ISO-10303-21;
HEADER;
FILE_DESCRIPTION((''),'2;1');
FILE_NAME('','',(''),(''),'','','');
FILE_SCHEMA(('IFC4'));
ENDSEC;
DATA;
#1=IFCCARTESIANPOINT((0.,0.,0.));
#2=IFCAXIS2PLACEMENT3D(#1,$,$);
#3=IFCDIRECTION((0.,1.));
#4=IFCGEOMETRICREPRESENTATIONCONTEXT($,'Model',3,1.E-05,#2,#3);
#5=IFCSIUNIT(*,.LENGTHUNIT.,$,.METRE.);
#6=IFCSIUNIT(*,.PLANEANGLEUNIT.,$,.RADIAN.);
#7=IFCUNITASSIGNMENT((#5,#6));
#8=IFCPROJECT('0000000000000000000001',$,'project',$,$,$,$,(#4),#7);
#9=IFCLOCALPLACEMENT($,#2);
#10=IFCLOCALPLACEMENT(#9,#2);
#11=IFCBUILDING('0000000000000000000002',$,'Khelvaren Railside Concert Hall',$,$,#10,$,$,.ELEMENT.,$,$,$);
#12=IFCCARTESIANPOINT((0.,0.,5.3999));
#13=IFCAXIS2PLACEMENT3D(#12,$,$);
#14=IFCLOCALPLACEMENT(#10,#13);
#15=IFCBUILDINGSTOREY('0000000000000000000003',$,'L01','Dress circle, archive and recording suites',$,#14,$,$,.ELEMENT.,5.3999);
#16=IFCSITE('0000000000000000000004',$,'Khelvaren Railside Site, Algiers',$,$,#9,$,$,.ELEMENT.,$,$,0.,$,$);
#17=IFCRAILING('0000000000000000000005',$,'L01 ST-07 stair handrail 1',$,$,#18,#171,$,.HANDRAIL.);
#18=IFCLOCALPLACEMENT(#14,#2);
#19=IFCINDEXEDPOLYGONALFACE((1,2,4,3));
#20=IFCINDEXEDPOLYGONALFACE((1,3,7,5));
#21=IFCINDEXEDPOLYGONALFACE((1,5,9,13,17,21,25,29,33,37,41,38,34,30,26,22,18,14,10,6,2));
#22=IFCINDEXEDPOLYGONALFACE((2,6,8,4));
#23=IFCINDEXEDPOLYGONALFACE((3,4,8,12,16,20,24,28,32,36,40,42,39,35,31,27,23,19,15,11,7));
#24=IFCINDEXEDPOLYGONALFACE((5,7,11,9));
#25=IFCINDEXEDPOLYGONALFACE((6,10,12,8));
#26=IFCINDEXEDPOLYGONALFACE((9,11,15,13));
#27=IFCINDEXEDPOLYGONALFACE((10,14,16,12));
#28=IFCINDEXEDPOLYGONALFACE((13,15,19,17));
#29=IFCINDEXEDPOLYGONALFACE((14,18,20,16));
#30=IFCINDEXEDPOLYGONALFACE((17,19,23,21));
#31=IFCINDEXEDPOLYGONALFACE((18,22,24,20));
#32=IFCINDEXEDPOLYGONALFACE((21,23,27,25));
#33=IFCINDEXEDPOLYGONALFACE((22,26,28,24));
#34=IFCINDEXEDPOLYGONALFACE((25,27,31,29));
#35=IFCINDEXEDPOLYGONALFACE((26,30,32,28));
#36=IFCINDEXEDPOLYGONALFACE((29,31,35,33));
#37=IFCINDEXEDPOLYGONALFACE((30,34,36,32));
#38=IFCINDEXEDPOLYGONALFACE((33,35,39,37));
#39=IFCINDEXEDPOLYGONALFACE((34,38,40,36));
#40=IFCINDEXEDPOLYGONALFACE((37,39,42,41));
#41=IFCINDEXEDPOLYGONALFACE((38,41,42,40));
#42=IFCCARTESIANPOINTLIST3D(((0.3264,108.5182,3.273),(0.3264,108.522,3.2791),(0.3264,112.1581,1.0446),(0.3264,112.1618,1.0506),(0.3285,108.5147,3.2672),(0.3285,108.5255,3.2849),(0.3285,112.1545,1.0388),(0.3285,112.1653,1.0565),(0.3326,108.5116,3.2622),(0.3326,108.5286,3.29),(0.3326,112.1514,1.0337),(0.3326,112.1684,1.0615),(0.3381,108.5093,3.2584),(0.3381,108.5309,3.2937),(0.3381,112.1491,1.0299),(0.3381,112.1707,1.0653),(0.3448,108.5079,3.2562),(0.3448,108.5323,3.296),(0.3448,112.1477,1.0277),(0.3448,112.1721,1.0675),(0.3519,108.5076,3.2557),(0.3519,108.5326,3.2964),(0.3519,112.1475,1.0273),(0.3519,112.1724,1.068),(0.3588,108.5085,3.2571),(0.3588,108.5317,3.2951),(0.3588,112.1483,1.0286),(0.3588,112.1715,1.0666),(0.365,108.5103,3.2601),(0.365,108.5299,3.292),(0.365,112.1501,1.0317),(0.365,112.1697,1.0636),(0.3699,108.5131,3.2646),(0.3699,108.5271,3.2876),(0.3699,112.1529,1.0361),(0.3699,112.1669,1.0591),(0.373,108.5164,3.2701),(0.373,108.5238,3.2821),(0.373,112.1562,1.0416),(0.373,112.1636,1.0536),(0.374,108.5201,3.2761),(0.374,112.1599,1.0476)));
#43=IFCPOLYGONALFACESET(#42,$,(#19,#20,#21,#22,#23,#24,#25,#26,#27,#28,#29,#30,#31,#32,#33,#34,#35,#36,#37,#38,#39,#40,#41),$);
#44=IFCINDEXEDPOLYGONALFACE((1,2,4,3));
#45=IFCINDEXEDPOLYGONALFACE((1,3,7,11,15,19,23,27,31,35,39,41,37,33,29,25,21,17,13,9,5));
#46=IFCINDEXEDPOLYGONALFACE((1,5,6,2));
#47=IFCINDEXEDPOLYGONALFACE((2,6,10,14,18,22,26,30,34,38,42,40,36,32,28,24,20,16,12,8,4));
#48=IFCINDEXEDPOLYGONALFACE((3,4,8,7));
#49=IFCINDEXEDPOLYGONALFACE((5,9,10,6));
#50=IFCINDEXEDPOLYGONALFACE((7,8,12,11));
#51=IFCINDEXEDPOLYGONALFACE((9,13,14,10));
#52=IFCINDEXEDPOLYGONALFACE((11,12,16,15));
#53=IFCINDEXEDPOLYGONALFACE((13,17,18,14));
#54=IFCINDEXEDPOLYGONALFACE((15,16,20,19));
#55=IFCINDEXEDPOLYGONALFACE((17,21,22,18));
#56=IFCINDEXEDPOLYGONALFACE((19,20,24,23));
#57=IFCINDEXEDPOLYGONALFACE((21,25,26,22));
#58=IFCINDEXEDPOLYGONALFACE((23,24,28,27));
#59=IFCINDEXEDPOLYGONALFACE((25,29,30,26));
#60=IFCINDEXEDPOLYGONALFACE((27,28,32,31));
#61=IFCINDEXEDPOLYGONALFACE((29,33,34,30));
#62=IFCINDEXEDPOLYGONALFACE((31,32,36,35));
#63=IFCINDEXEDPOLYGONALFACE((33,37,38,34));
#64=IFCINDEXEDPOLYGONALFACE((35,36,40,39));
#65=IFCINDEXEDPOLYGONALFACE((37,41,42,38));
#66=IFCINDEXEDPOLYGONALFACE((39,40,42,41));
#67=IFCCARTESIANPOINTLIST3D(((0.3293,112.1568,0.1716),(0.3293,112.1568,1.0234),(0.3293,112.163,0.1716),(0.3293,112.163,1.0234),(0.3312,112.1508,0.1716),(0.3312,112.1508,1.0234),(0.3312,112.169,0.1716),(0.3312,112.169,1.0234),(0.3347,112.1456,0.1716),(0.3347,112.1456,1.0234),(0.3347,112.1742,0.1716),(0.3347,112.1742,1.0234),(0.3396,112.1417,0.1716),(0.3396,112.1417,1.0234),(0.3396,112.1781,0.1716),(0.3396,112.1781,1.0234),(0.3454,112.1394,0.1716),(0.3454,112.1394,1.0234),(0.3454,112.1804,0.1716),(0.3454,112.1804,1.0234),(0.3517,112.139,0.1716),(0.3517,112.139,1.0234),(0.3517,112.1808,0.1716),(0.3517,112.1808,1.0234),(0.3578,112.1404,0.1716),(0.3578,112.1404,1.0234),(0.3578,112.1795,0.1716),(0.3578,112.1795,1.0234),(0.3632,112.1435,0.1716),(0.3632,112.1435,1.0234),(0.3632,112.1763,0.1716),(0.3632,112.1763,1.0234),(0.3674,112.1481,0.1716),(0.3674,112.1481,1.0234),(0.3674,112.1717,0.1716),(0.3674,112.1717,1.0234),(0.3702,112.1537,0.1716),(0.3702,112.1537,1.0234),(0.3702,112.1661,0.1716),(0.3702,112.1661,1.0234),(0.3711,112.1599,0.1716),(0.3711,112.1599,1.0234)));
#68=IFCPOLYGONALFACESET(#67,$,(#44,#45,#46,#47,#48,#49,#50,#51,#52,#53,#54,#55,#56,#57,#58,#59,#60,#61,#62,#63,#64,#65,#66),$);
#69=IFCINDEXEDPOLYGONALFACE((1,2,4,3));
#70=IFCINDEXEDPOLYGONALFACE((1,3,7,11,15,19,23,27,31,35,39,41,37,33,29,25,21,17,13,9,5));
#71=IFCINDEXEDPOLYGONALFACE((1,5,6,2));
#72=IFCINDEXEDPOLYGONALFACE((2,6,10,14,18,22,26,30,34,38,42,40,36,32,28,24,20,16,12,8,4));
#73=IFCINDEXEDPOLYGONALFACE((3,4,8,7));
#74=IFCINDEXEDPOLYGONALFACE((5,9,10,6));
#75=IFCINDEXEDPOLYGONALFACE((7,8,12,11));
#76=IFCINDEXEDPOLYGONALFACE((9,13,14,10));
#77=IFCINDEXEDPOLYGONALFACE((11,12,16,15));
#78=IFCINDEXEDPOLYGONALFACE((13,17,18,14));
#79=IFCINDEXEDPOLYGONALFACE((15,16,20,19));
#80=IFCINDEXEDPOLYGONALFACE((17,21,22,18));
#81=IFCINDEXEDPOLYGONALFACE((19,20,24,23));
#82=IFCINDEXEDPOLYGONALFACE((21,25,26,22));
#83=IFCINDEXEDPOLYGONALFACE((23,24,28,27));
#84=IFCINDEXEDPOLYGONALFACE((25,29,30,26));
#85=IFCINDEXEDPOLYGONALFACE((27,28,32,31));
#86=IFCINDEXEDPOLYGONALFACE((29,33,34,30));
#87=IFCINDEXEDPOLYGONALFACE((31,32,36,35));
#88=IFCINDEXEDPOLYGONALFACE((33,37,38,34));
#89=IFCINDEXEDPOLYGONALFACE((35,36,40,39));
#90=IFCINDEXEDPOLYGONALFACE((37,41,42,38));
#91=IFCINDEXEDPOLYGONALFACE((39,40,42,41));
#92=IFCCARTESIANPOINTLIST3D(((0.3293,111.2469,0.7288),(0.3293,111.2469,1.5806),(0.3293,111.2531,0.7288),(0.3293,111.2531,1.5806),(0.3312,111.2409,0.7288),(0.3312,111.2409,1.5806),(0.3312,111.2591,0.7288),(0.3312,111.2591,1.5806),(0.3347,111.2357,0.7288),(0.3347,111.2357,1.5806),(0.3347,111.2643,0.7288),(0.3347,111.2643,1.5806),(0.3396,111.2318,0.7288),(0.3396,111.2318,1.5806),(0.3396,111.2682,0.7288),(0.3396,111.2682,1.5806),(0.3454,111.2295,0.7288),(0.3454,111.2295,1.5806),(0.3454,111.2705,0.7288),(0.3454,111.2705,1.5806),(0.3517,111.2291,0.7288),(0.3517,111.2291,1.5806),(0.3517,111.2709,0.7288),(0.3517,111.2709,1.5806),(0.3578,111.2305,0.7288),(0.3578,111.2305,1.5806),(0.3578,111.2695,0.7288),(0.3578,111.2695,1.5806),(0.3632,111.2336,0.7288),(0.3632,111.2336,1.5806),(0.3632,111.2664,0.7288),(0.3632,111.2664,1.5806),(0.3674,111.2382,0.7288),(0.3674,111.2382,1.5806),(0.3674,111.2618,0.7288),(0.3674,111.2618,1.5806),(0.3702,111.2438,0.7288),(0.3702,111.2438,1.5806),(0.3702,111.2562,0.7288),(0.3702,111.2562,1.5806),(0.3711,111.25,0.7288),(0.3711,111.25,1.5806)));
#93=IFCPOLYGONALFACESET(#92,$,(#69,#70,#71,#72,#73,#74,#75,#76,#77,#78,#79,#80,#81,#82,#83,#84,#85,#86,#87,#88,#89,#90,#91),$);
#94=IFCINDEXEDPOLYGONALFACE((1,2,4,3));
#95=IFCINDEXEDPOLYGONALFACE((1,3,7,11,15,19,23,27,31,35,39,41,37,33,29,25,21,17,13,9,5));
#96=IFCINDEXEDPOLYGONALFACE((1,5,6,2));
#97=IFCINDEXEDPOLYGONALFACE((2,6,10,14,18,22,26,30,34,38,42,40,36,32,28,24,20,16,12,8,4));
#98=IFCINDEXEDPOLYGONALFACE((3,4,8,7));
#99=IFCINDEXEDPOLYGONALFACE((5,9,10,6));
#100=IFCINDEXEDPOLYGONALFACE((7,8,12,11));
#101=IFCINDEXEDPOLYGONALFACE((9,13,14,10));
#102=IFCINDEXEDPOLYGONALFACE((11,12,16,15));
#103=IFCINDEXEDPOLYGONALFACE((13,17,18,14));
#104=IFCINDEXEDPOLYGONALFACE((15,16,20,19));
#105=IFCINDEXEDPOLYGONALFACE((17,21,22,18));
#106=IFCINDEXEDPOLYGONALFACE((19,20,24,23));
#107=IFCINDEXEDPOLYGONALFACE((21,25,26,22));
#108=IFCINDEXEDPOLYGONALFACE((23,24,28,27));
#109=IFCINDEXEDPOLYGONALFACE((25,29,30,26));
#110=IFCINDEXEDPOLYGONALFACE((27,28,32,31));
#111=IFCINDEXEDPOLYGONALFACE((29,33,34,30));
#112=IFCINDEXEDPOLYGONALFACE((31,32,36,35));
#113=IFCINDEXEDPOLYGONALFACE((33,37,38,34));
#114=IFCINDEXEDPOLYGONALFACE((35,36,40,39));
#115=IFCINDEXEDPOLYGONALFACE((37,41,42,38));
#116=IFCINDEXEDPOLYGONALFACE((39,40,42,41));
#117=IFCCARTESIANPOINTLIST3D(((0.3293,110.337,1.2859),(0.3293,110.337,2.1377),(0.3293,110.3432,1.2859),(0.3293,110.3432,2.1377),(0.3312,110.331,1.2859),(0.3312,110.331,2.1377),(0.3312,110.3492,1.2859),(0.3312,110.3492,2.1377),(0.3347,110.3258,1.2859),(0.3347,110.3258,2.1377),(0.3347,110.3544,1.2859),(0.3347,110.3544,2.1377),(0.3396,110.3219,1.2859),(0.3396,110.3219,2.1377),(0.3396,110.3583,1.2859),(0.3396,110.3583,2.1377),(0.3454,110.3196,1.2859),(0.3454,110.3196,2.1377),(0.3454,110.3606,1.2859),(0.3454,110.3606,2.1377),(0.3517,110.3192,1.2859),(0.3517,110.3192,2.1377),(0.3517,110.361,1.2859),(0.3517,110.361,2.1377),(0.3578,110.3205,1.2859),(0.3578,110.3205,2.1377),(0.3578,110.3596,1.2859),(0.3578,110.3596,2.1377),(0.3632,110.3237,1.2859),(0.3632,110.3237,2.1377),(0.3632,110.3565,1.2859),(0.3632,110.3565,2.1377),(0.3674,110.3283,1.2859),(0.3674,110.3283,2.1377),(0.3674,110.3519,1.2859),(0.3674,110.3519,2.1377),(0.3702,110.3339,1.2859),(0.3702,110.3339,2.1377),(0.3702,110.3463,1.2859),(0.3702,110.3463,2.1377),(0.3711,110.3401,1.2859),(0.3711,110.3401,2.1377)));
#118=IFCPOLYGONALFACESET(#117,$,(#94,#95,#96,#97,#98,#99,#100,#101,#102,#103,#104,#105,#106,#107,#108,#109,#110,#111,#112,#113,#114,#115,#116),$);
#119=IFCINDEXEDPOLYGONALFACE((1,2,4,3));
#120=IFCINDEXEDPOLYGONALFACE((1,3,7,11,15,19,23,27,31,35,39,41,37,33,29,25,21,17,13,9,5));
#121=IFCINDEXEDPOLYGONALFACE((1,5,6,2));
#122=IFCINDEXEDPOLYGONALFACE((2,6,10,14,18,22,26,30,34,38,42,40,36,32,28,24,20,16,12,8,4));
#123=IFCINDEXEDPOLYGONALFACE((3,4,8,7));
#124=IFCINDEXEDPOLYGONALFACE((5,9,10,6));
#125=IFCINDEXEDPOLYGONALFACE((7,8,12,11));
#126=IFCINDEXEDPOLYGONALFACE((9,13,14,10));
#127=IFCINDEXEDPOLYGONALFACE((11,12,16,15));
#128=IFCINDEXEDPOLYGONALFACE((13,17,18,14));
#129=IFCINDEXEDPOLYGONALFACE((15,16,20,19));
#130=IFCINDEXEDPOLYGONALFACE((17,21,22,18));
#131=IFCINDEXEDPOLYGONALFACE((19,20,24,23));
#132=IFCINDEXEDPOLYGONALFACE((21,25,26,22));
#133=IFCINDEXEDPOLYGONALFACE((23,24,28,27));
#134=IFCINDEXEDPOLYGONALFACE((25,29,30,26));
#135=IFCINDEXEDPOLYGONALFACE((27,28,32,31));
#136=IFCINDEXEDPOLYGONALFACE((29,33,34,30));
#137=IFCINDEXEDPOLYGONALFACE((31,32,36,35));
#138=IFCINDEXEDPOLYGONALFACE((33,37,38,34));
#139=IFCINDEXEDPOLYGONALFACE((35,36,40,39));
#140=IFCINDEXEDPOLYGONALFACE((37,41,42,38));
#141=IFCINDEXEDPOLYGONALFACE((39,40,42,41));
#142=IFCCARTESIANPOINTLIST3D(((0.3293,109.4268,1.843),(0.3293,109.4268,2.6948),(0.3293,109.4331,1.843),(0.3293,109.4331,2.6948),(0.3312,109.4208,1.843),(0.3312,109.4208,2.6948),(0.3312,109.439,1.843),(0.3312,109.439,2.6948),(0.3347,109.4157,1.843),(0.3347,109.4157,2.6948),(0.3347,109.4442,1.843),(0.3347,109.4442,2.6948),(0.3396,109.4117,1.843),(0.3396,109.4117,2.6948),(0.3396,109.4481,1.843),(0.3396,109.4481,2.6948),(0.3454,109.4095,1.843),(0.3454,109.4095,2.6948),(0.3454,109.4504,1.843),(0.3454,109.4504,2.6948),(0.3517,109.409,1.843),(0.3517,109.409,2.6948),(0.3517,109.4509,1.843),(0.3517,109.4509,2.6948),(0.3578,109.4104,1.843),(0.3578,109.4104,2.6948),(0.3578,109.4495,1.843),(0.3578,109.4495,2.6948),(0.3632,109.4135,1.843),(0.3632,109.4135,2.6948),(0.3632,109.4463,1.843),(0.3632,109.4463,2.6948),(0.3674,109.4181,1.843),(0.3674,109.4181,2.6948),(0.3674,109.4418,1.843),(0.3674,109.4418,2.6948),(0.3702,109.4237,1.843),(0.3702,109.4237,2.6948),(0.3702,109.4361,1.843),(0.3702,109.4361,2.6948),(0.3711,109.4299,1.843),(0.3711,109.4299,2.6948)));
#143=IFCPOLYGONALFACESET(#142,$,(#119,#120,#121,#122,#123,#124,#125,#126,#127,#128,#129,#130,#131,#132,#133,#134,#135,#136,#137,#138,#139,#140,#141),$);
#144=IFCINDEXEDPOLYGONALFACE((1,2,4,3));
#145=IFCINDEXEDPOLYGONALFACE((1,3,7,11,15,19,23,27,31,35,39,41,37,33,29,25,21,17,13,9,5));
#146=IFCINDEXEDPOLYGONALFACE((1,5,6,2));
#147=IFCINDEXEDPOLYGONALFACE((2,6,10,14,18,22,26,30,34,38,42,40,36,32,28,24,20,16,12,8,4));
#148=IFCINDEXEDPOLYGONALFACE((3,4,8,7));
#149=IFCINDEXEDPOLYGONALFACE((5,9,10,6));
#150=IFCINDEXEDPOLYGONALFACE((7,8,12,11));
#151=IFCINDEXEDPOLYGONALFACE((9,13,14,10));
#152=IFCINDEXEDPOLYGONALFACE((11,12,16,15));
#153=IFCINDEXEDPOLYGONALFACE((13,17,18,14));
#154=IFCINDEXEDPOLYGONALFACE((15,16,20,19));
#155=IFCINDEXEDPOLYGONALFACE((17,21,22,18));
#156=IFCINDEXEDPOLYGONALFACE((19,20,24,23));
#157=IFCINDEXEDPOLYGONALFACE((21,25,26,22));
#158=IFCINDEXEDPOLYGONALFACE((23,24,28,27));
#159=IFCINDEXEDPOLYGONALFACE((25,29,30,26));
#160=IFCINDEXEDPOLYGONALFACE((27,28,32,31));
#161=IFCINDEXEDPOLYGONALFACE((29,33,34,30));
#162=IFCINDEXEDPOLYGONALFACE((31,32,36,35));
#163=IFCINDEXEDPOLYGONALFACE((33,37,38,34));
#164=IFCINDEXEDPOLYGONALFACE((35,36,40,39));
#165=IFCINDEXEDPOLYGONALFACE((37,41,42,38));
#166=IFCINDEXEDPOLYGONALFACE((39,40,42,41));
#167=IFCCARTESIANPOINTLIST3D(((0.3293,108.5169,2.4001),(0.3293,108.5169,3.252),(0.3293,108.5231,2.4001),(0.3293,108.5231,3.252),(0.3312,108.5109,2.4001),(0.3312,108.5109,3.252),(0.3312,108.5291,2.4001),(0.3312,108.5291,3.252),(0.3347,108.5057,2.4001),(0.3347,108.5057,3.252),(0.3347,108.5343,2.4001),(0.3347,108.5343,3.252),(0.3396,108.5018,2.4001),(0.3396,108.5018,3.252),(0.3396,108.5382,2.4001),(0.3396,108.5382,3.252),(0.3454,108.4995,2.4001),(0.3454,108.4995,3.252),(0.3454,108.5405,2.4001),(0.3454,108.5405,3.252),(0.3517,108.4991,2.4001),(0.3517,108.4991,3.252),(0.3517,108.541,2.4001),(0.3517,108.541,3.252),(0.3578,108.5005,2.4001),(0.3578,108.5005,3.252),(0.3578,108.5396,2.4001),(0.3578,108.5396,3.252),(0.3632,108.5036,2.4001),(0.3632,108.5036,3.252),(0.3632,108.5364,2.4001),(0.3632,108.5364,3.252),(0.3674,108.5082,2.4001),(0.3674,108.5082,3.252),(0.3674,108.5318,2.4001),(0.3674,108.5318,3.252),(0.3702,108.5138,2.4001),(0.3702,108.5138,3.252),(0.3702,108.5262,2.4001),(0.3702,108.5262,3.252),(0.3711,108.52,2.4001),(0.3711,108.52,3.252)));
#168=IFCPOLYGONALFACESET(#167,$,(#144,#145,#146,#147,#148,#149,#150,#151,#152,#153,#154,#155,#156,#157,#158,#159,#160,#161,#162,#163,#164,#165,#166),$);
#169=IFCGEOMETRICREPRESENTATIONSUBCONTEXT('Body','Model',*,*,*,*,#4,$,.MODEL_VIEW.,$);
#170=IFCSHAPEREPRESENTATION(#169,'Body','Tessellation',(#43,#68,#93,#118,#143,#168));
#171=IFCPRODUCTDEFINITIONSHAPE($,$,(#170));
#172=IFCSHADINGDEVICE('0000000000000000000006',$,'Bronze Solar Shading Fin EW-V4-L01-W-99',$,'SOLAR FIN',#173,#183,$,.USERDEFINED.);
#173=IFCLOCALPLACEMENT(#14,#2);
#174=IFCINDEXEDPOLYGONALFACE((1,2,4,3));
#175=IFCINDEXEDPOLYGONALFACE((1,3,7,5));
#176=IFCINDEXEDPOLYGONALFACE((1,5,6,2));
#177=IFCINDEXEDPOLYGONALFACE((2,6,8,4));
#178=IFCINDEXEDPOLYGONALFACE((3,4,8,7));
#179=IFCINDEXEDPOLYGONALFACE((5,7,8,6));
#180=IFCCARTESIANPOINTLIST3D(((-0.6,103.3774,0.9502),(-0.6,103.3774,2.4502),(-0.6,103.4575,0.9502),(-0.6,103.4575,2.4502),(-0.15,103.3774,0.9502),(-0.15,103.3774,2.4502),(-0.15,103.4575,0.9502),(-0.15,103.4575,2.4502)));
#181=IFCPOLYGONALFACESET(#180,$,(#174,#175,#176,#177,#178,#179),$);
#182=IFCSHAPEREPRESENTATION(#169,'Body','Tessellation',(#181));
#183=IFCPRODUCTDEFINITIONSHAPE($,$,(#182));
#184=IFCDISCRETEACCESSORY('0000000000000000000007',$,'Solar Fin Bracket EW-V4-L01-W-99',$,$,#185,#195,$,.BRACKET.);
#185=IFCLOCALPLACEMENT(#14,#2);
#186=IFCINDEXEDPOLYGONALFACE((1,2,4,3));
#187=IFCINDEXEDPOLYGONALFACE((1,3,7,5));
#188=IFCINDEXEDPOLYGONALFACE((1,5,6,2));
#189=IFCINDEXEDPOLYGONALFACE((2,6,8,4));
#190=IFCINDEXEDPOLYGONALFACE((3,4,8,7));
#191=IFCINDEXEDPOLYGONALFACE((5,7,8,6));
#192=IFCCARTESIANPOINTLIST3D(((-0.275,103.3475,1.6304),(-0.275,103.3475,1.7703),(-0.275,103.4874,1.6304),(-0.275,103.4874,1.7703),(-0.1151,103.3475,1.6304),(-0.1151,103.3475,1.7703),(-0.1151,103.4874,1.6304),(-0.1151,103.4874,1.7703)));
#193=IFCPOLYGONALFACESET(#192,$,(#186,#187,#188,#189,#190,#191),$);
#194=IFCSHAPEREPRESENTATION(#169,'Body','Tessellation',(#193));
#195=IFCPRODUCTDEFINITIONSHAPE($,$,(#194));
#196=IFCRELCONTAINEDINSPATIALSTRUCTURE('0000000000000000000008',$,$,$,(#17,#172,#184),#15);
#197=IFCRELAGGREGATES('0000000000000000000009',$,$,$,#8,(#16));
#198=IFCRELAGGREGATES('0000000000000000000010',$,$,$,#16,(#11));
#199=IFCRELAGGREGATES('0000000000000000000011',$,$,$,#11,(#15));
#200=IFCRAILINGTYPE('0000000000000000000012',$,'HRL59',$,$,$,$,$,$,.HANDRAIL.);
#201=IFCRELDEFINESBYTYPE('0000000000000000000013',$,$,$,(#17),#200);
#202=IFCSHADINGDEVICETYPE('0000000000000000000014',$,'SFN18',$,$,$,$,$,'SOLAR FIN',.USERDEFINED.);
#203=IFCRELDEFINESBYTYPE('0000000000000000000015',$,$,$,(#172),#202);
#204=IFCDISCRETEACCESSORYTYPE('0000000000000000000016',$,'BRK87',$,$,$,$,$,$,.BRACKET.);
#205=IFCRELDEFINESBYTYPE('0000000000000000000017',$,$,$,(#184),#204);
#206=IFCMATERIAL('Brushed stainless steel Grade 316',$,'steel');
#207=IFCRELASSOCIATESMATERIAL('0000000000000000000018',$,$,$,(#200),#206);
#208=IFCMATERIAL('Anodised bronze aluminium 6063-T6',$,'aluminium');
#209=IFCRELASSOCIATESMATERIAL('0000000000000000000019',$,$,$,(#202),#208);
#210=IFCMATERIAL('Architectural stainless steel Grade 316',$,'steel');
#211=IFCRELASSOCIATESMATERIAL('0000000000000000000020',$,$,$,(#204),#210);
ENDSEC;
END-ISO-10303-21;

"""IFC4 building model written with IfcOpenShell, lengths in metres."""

from ifc_helpers import new_model, si_unit, direction, frame, origin, origin_2d, place, context, subcontext, project, spatial, rectangle, circle, extrude, material, type_object, element, save


model = new_model("IFC4")

# Units and contexts
model_context = context("Model", 3, precision=1e-05, world=origin(), true_north=direction((0.0, 1.0)))
body_context = subcontext(model_context, "Body", "Model", "MODEL_VIEW")
ifc_project = project(units=[si_unit("LENGTHUNIT", "METRE"), si_unit("PLANEANGLEUNIT", "RADIAN")], contexts=[model_context])

# Site, building, storey
site_placement = place(None, origin())
site = spatial("IfcSite", under=ifc_project, at=site_placement, Name="Khelvaren Railside Site, Algiers", CompositionType="ELEMENT", RefElevation=0.0)
building_placement = place(site_placement, origin())
building = spatial("IfcBuilding", under=site, at=building_placement, Name="Khelvaren Railside Concert Hall", CompositionType="ELEMENT")
storey_placement = place(building_placement, frame((0.0, 0.0, 5.3999)))
storey = spatial("IfcBuildingStorey", under=building, at=storey_placement, Name="L01", Description="Dress circle, archive and recording suites", CompositionType="ELEMENT", Elevation=5.3999)

# Railing
ifc_material_1 = material(Name="Brushed stainless steel Grade 316", Category="steel")
railing_type_1 = type_object("IfcRailingType", Name="HRL59", PredefinedType="HANDRAIL", material=ifc_material_1)
railing_1_placement = place(storey_placement, frame((0.3501, 112.1599, 0.1716)))
element("IfcRailing", 1, at=railing_1_placement, inside=storey, type_object=railing_type_1, Name="L01 ST-07 stair handrail 1", PredefinedType="HANDRAIL", context=body_context, shape_type="SweptSolid", body=[
    extrude(circle(Radius=0.0239, at=origin_2d()), frame((0.0, 0.0, 0.876), z_axis=(0.0, -0.85285, 0.522156), x_axis=(1.0, 0.0, 0.0)), (0.0, 0.0, 1.0), 4.2678),
    extrude(circle(Radius=0.021, at=origin_2d()), origin(), (0.0, 0.0, 1.0), 0.8518),
    extrude(circle(Radius=0.021, at=origin_2d()), frame((0.0, -0.9099, 0.5571)), (0.0, 0.0, 1.0), 0.8518),
    extrude(circle(Radius=0.021, at=origin_2d()), frame((0.0, -1.8198, 1.1143)), (0.0, 0.0, 1.0), 0.8518),
    extrude(circle(Radius=0.021, at=origin_2d()), frame((0.0, -2.73, 1.6714)), (0.0, 0.0, 1.0), 0.8518),
    extrude(circle(Radius=0.021, at=origin_2d()), frame((0.0, -3.6399, 2.2285)), (0.0, 0.0, 1.0), 0.8518),
])

# Shading device
ifc_material_2 = material(Name="Anodised bronze aluminium 6063-T6", Category="aluminium")
shading_device_type = type_object("IfcShadingDeviceType", Name="SFN18", ElementType="SOLAR FIN", PredefinedType="USERDEFINED", material=ifc_material_2)
shading_device_placement = place(storey_placement, frame((-0.375, 103.4175, 0.9502), z_axis=(0.0, 0.0, 1.0), x_axis=(0.0, 1.0, 0.0)))
element("IfcShadingDevice", 2, at=shading_device_placement, inside=storey, type_object=shading_device_type, Name="Bronze Solar Shading Fin EW-V4-L01-W-99", ObjectType="SOLAR FIN", PredefinedType="USERDEFINED", context=body_context, shape_type="SweptSolid", body=[
    extrude(rectangle(XDim=0.0801, YDim=0.45, at=origin_2d()), origin(), (0.0, 0.0, 1.0), 1.5),
])

# Discrete accessory
ifc_material_3 = material(Name="Architectural stainless steel Grade 316", Category="steel")
discrete_accessory_type = type_object("IfcDiscreteAccessoryType", Name="BRK87", PredefinedType="BRACKET", material=ifc_material_3)
discrete_accessory_placement = place(storey_placement, frame((-0.1951, 103.4175, 1.6304), z_axis=(0.0, 0.0, 1.0), x_axis=(0.0, 1.0, 0.0)))
element("IfcDiscreteAccessory", 3, at=discrete_accessory_placement, inside=storey, type_object=discrete_accessory_type, Name="Solar Fin Bracket EW-V4-L01-W-99", PredefinedType="BRACKET", context=body_context, shape_type="SweptSolid", body=[
    extrude(rectangle(XDim=0.1399, YDim=0.1599, at=origin_2d()), origin(), (0.0, 0.0, 1.0), 0.1399),
])

save(model, "model.ifc")
